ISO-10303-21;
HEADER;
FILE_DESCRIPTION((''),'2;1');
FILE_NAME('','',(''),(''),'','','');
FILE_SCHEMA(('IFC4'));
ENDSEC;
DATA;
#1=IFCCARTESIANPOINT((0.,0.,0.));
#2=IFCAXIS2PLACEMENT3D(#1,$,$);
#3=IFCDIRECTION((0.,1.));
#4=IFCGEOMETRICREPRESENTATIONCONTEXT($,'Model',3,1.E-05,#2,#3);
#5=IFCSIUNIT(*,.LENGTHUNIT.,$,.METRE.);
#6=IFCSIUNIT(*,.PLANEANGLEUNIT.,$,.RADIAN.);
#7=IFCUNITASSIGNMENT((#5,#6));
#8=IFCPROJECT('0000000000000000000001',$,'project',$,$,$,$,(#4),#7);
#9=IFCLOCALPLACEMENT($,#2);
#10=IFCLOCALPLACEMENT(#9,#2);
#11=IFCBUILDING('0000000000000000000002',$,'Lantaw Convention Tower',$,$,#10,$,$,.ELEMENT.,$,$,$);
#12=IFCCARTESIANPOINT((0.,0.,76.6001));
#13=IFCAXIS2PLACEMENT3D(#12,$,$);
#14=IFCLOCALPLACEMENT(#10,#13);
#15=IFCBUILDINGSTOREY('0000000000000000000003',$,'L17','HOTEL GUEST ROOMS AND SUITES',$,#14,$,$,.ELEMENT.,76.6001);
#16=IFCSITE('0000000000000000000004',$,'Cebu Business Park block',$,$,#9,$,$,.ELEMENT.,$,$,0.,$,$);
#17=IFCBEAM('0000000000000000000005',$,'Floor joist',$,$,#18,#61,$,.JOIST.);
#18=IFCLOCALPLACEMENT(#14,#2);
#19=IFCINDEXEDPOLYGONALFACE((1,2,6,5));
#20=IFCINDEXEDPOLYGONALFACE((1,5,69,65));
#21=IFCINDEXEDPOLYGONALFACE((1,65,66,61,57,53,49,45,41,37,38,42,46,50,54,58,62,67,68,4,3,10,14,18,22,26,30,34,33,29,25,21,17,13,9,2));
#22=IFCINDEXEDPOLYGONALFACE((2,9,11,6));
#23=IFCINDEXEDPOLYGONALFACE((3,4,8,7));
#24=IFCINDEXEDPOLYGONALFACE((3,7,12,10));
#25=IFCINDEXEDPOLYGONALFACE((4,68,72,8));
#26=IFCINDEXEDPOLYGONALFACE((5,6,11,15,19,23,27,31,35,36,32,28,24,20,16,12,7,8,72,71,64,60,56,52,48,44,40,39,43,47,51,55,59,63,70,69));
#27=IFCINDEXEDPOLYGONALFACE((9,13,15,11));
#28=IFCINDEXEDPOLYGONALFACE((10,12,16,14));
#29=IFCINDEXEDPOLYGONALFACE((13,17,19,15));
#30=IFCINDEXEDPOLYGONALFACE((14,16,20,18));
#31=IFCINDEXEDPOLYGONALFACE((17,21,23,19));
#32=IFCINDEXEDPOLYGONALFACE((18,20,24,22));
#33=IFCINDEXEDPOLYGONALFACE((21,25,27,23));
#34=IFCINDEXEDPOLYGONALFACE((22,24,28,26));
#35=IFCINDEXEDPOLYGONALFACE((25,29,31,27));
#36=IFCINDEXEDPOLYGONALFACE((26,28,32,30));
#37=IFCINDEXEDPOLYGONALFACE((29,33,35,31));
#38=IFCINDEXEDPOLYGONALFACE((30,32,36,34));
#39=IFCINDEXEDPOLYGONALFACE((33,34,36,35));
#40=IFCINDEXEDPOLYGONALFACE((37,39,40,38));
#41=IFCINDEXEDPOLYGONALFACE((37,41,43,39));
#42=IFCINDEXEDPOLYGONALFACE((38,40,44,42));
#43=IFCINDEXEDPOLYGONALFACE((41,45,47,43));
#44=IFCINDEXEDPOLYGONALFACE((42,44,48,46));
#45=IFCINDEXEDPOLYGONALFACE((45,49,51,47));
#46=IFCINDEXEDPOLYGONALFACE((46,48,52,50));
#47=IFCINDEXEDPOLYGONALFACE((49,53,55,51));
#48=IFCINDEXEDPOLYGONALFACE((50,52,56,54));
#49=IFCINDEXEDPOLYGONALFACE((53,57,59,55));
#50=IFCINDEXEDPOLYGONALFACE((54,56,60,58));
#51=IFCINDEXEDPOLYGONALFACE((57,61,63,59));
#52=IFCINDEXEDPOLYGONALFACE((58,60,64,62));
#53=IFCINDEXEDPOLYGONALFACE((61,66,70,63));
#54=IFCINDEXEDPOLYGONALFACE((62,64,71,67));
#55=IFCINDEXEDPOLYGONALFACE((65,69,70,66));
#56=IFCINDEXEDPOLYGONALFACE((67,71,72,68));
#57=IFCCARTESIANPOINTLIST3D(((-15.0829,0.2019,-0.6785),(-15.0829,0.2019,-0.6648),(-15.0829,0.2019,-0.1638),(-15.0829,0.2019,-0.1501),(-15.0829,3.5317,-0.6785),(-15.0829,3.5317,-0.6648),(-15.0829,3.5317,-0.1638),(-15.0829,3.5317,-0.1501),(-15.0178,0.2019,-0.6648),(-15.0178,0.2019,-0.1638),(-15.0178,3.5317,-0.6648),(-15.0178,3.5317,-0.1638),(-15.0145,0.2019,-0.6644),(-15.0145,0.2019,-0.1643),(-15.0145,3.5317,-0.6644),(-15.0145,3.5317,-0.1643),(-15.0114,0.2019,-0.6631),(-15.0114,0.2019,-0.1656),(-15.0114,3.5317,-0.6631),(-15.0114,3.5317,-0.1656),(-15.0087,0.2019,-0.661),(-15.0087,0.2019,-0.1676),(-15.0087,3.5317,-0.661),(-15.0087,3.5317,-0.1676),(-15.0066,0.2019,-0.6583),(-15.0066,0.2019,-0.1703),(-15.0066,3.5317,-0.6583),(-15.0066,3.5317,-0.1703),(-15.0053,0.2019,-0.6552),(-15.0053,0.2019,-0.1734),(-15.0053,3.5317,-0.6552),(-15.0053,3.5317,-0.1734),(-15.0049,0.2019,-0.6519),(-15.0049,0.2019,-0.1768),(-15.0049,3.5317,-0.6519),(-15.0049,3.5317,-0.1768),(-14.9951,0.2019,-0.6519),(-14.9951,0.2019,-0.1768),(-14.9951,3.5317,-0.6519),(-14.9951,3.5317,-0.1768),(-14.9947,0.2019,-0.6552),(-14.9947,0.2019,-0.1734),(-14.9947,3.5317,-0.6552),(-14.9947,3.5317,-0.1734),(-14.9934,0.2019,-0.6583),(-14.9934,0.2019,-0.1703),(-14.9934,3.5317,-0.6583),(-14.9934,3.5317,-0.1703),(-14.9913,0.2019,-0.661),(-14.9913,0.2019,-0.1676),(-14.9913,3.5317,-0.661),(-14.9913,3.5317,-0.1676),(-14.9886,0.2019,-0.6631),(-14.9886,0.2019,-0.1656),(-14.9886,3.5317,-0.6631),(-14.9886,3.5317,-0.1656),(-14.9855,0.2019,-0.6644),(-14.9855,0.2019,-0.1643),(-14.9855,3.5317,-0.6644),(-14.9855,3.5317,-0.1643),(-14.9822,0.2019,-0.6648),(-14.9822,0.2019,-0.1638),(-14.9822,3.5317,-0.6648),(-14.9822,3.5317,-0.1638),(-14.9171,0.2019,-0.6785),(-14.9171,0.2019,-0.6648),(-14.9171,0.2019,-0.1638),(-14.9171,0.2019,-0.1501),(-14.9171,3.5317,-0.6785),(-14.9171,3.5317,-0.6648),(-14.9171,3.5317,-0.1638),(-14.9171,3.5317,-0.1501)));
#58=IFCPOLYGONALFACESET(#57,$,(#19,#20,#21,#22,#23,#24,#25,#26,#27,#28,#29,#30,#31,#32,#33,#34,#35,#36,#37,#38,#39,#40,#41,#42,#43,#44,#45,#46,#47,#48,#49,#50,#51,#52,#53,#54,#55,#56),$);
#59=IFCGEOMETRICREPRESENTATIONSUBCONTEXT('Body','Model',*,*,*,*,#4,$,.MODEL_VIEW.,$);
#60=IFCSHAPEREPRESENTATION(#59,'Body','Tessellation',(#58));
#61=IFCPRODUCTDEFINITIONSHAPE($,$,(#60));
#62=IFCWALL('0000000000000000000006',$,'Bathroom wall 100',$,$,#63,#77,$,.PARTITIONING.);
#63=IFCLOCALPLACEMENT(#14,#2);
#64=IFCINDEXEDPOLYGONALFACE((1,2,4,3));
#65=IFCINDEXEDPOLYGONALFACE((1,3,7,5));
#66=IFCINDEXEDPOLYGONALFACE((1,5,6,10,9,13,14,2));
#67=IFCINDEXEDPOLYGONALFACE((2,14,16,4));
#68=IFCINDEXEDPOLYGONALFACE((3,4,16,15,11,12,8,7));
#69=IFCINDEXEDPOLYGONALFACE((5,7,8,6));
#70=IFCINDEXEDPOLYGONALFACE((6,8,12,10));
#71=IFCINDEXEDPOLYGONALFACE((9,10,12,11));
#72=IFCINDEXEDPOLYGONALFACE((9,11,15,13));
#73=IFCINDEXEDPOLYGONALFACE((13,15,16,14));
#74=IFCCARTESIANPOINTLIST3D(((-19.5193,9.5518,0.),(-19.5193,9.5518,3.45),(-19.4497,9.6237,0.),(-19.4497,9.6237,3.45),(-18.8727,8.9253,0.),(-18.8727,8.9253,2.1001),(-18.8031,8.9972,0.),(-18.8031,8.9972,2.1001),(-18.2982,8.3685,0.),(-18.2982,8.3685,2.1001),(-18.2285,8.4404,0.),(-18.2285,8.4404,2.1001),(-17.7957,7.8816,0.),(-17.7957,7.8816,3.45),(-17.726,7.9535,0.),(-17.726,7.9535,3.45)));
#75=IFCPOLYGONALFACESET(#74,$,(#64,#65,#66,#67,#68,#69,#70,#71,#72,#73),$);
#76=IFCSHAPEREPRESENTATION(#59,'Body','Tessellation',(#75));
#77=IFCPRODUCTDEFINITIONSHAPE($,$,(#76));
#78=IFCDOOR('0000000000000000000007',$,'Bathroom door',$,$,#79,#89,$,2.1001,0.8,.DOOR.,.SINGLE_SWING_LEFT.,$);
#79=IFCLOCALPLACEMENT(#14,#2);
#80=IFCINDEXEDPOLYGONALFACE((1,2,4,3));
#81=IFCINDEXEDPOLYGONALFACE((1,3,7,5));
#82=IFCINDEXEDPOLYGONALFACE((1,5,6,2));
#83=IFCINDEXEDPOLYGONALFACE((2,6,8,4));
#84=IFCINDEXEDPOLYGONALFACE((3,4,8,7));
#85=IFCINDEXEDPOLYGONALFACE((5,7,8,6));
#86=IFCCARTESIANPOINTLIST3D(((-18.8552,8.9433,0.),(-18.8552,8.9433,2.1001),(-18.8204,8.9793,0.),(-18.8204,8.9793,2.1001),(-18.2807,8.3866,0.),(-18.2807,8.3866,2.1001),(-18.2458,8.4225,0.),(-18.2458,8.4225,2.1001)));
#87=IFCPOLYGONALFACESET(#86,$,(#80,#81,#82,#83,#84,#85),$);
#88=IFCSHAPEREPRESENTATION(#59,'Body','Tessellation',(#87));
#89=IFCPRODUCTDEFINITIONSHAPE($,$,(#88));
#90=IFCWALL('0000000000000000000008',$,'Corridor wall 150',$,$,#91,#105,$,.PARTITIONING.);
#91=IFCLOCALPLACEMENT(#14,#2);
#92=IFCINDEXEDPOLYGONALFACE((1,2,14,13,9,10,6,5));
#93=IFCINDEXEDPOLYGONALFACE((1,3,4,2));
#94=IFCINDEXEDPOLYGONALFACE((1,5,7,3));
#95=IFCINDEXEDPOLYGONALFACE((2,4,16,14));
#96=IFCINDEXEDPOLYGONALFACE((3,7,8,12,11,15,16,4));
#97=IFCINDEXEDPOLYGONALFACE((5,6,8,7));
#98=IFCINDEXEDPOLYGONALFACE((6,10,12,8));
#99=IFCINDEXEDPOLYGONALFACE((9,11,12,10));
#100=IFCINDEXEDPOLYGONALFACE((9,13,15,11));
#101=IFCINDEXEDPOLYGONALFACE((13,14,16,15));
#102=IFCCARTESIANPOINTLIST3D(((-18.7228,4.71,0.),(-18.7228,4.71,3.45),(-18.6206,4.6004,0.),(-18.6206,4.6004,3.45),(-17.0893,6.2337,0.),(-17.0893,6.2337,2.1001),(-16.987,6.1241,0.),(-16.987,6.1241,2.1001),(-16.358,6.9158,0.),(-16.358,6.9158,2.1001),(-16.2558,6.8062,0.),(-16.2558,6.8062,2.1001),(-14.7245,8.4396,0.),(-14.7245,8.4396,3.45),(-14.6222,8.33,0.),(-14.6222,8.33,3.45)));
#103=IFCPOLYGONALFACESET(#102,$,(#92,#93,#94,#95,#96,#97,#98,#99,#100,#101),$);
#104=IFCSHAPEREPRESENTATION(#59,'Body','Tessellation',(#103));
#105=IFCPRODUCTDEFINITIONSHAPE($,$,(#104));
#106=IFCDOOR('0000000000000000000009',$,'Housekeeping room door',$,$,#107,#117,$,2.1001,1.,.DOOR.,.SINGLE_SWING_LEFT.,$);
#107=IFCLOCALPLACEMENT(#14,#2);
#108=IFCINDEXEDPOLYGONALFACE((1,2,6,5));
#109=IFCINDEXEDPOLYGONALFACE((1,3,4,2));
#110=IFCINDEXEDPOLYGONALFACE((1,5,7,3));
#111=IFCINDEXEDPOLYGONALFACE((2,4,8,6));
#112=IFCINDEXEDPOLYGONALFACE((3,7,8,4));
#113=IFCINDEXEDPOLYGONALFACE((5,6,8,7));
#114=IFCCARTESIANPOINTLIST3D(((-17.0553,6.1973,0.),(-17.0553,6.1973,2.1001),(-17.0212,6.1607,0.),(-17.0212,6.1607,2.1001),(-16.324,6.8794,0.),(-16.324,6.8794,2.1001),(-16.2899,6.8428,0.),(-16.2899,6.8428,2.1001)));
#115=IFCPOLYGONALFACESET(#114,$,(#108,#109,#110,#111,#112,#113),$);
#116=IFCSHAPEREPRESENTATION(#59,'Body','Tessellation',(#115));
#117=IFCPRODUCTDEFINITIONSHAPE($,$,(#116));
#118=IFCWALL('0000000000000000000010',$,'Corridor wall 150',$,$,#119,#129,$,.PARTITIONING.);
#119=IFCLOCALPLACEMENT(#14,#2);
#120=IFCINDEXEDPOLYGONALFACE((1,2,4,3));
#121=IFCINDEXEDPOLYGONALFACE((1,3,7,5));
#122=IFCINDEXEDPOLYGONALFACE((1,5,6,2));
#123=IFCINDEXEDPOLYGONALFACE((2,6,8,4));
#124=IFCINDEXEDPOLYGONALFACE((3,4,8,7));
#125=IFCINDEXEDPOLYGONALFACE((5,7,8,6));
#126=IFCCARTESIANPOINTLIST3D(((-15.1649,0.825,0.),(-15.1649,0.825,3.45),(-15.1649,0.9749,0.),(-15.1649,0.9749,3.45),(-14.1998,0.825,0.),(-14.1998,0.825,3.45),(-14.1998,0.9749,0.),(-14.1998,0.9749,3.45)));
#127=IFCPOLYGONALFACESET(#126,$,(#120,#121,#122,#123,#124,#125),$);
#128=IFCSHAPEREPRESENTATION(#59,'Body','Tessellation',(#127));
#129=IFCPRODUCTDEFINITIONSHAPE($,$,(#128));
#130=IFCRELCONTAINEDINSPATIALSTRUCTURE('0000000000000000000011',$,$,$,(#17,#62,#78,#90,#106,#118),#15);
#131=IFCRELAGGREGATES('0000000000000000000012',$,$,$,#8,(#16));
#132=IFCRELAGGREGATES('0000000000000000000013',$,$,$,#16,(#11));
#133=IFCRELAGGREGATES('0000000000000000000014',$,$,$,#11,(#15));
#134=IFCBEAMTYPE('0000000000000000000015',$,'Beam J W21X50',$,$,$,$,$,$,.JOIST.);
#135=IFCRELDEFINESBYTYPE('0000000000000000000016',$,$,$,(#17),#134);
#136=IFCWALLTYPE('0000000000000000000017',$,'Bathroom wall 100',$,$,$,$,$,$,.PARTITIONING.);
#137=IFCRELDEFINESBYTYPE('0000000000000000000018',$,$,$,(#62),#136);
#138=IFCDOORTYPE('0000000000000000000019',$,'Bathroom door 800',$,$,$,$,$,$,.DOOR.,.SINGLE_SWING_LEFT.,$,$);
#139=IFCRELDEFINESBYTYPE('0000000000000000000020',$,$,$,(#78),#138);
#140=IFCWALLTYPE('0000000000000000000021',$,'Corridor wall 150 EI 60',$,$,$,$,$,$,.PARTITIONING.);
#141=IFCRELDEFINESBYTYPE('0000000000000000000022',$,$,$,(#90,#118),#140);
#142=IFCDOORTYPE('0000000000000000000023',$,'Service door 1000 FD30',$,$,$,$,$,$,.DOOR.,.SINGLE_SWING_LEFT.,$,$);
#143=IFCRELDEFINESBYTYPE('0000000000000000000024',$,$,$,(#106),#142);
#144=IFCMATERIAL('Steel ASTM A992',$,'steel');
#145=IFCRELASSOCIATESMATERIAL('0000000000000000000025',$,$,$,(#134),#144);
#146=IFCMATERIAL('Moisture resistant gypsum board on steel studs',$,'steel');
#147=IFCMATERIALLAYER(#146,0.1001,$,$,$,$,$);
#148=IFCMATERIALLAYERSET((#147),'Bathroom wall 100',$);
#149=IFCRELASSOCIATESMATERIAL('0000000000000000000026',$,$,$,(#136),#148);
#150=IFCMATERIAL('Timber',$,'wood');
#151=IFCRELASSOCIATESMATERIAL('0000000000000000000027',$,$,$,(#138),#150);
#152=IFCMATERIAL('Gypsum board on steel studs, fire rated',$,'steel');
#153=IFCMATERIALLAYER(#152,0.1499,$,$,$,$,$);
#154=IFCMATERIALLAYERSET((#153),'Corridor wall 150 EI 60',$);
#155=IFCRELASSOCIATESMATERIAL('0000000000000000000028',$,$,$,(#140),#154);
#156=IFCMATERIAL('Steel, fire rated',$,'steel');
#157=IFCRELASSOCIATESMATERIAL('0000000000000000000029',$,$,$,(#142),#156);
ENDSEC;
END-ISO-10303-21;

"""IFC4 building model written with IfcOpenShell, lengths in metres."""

from ifc_helpers import new_model, si_unit, direction, frame, frame_2d, origin, origin_2d, place, context, subcontext, project, spatial, rectangle, i_section, extrude, material, layer, layer_set, material_profile, profile_set, type_object, element, fill, save


model = new_model("IFC4")

# Units and contexts
model_context = context("Model", 3, precision=1e-05, world=origin(), true_north=direction((0.0, 1.0)))
body_context = subcontext(model_context, "Body", "Model", "MODEL_VIEW")
ifc_project = project(units=[si_unit("LENGTHUNIT", "METRE"), si_unit("PLANEANGLEUNIT", "RADIAN")], contexts=[model_context])

# Site, building, storey
site_placement = place(None, origin())
site = spatial("IfcSite", under=ifc_project, at=site_placement, Name="Cebu Business Park block", CompositionType="ELEMENT", RefElevation=0.0)
building_placement = place(site_placement, origin())
building = spatial("IfcBuilding", under=site, at=building_placement, Name="Lantaw Convention Tower", CompositionType="ELEMENT")
storey_placement = place(building_placement, frame((0.0, 0.0, 76.6001)))
storey = spatial("IfcBuildingStorey", under=building, at=storey_placement, Name="L17", Description="HOTEL GUEST ROOMS AND SUITES", CompositionType="ELEMENT", Elevation=76.6001)

# Beam
ifc_material_1 = material(Name="Steel ASTM A992", Category="steel")
ifc_material_profile_1 = material_profile(ifc_material_1, i_section(OverallWidth=0.1658, OverallDepth=0.5283, WebThickness=0.0098, FlangeThickness=0.0137, FilletRadius=0.0129, at=origin_2d()), Name="W21X50")
ifc_profile_set_1 = profile_set([ifc_material_profile_1], Name="Steel ASTM A992")
beam_type_1 = type_object("IfcBeamType", Name="Beam J W21X50", PredefinedType="JOIST", material=ifc_profile_set_1)
beam_1_placement = place(storey_placement, frame((-15.0, 0.2019, -0.4143), z_axis=(0.0, 1.0, 0.0), x_axis=(-1.0, 0.0, 0.0)))
element("IfcBeam", 1, at=beam_1_placement, inside=storey, type_object=beam_type_1, Name="Floor joist", PredefinedType="JOIST", context=body_context, shape_type="SweptSolid", body=[
    extrude(i_section(OverallWidth=0.1658, OverallDepth=0.5283, WebThickness=0.0098, FlangeThickness=0.0137, FilletRadius=0.0129, at=origin_2d()), origin(), (0.0, 0.0, 1.0), 3.3298),
])

# Walls, openings, doors
ifc_material_2 = material(Name="Moisture resistant gypsum board on steel studs", Category="steel")
ifc_layer_1 = layer(ifc_material_2, 0.1001)
ifc_layer_set_1 = layer_set([ifc_layer_1], Name="Bathroom wall 100")
wall_type_1 = type_object("IfcWallType", Name="Bathroom wall 100", PredefinedType="PARTITIONING", material=ifc_layer_set_1)
wall_1_placement = place(storey_placement, frame((-17.7607, 7.9175, 0.0), z_axis=(0.0, 0.0, 1.0), x_axis=(-0.718158, 0.69588, 0.0)))
wall_1 = element("IfcWall", 2, at=wall_1_placement, inside=storey, type_object=wall_type_1, Name="Bathroom wall 100", PredefinedType="PARTITIONING", context=body_context, shape_type="SweptSolid", body=[
    extrude(rectangle(XDim=2.4001, YDim=0.1001, at=frame_2d((1.2002, 0.0))), origin(), (0.0, 0.0, 1.0), 3.45),
])
opening_1_placement = place(wall_1_placement, frame((0.7, 0.0, 0.0)))
opening_1 = element("IfcOpeningElement", 3, at=opening_1_placement, cuts=wall_1, PredefinedType="OPENING", context=body_context, shape_type="SweptSolid", body=[
    extrude(rectangle(XDim=0.8, YDim=2.1001, at=frame_2d((0.3999, 1.05))), frame((0.0, 0.0601, 0.0), z_axis=(0.0, -1.0, 0.0), x_axis=(1.0, 0.0, 0.0)), (0.0, 0.0, 1.0), 0.1201),
])
ifc_material_3 = material(Name="Timber", Category="wood")
door_type_1 = type_object("IfcDoorType", Name="Bathroom door 800", OperationType="SINGLE_SWING_LEFT", PredefinedType="DOOR", material=ifc_material_3)
door_1_placement = place(opening_1_placement, origin())
door_1 = element("IfcDoor", 4, at=door_1_placement, inside=storey, type_object=door_type_1, Name="Bathroom door", OperationType="SINGLE_SWING_LEFT", OverallHeight=2.1001, OverallWidth=0.8, PredefinedType="DOOR", context=body_context, shape_type="SweptSolid", body=[
    extrude(rectangle(XDim=0.8, YDim=2.1001, at=frame_2d((0.3999, 1.05))), frame((0.0, 0.0249, 0.0), z_axis=(0.0, -1.0, 0.0), x_axis=(1.0, 0.0, 0.0)), (0.0, 0.0, 1.0), 0.05),
])
fill(opening_1, door_1)
ifc_material_4 = material(Name="Gypsum board on steel studs, fire rated", Category="steel")
ifc_layer_2 = layer(ifc_material_4, 0.1499)
ifc_layer_set_2 = layer_set([ifc_layer_2], Name="Corridor wall 150 EI 60")
wall_type_2 = type_object("IfcWallType", Name="Corridor wall 150 EI 60", PredefinedType="PARTITIONING", material=ifc_layer_set_2)
wall_2_placement = place(storey_placement, frame((-14.6733, 8.3848, 0.0), z_axis=(0.0, 0.0, 1.0), x_axis=(-0.73126, -0.682099, 0.0)))
wall_2 = element("IfcWall", 5, at=wall_2_placement, inside=storey, type_object=wall_type_2, Name="Corridor wall 150", PredefinedType="PARTITIONING", context=body_context, shape_type="SweptSolid", body=[
    extrude(rectangle(XDim=5.4678, YDim=0.1499, at=frame_2d((2.7339, 0.0))), origin(), (0.0, 0.0, 1.0), 3.45),
])
opening_2_placement = place(wall_2_placement, frame((2.2339, 0.0, 0.0)))
opening_2 = element("IfcOpeningElement", 6, at=opening_2_placement, cuts=wall_2, PredefinedType="OPENING", context=body_context, shape_type="SweptSolid", body=[
    extrude(rectangle(XDim=1.0, YDim=2.1001, at=frame_2d((0.5, 1.05))), frame((0.0, 0.085, 0.0), z_axis=(0.0, -1.0, 0.0), x_axis=(1.0, 0.0, 0.0)), (0.0, 0.0, 1.0), 0.1699),
])
ifc_material_5 = material(Name="Steel, fire rated", Category="steel")
door_type_2 = type_object("IfcDoorType", Name="Service door 1000 FD30", OperationType="SINGLE_SWING_LEFT", PredefinedType="DOOR", material=ifc_material_5)
door_2_placement = place(opening_2_placement, origin())
door_2 = element("IfcDoor", 7, at=door_2_placement, inside=storey, type_object=door_type_2, Name="Housekeeping room door", OperationType="SINGLE_SWING_LEFT", OverallHeight=2.1001, OverallWidth=1.0, PredefinedType="DOOR", context=body_context, shape_type="SweptSolid", body=[
    extrude(rectangle(XDim=1.0, YDim=2.1001, at=frame_2d((0.5, 1.05))), frame((0.0, 0.0249, 0.0), z_axis=(0.0, -1.0, 0.0), x_axis=(1.0, 0.0, 0.0)), (0.0, 0.0, 1.0), 0.05),
])
fill(opening_2, door_2)

# Wall
wall_3_placement = place(storey_placement, frame((-14.2, 0.8999, 0.0), z_axis=(0.0, 0.0, 1.0), x_axis=(-1.0, 0.0, 0.0)))
element("IfcWall", 8, at=wall_3_placement, inside=storey, type_object=wall_type_2, Name="Corridor wall 150", PredefinedType="PARTITIONING", context=body_context, shape_type="SweptSolid", body=[
    extrude(rectangle(XDim=0.9651, YDim=0.1499, at=frame_2d((0.4824, 0.0))), origin(), (0.0, 0.0, 1.0), 3.45),
])

save(model, "model.ifc")
